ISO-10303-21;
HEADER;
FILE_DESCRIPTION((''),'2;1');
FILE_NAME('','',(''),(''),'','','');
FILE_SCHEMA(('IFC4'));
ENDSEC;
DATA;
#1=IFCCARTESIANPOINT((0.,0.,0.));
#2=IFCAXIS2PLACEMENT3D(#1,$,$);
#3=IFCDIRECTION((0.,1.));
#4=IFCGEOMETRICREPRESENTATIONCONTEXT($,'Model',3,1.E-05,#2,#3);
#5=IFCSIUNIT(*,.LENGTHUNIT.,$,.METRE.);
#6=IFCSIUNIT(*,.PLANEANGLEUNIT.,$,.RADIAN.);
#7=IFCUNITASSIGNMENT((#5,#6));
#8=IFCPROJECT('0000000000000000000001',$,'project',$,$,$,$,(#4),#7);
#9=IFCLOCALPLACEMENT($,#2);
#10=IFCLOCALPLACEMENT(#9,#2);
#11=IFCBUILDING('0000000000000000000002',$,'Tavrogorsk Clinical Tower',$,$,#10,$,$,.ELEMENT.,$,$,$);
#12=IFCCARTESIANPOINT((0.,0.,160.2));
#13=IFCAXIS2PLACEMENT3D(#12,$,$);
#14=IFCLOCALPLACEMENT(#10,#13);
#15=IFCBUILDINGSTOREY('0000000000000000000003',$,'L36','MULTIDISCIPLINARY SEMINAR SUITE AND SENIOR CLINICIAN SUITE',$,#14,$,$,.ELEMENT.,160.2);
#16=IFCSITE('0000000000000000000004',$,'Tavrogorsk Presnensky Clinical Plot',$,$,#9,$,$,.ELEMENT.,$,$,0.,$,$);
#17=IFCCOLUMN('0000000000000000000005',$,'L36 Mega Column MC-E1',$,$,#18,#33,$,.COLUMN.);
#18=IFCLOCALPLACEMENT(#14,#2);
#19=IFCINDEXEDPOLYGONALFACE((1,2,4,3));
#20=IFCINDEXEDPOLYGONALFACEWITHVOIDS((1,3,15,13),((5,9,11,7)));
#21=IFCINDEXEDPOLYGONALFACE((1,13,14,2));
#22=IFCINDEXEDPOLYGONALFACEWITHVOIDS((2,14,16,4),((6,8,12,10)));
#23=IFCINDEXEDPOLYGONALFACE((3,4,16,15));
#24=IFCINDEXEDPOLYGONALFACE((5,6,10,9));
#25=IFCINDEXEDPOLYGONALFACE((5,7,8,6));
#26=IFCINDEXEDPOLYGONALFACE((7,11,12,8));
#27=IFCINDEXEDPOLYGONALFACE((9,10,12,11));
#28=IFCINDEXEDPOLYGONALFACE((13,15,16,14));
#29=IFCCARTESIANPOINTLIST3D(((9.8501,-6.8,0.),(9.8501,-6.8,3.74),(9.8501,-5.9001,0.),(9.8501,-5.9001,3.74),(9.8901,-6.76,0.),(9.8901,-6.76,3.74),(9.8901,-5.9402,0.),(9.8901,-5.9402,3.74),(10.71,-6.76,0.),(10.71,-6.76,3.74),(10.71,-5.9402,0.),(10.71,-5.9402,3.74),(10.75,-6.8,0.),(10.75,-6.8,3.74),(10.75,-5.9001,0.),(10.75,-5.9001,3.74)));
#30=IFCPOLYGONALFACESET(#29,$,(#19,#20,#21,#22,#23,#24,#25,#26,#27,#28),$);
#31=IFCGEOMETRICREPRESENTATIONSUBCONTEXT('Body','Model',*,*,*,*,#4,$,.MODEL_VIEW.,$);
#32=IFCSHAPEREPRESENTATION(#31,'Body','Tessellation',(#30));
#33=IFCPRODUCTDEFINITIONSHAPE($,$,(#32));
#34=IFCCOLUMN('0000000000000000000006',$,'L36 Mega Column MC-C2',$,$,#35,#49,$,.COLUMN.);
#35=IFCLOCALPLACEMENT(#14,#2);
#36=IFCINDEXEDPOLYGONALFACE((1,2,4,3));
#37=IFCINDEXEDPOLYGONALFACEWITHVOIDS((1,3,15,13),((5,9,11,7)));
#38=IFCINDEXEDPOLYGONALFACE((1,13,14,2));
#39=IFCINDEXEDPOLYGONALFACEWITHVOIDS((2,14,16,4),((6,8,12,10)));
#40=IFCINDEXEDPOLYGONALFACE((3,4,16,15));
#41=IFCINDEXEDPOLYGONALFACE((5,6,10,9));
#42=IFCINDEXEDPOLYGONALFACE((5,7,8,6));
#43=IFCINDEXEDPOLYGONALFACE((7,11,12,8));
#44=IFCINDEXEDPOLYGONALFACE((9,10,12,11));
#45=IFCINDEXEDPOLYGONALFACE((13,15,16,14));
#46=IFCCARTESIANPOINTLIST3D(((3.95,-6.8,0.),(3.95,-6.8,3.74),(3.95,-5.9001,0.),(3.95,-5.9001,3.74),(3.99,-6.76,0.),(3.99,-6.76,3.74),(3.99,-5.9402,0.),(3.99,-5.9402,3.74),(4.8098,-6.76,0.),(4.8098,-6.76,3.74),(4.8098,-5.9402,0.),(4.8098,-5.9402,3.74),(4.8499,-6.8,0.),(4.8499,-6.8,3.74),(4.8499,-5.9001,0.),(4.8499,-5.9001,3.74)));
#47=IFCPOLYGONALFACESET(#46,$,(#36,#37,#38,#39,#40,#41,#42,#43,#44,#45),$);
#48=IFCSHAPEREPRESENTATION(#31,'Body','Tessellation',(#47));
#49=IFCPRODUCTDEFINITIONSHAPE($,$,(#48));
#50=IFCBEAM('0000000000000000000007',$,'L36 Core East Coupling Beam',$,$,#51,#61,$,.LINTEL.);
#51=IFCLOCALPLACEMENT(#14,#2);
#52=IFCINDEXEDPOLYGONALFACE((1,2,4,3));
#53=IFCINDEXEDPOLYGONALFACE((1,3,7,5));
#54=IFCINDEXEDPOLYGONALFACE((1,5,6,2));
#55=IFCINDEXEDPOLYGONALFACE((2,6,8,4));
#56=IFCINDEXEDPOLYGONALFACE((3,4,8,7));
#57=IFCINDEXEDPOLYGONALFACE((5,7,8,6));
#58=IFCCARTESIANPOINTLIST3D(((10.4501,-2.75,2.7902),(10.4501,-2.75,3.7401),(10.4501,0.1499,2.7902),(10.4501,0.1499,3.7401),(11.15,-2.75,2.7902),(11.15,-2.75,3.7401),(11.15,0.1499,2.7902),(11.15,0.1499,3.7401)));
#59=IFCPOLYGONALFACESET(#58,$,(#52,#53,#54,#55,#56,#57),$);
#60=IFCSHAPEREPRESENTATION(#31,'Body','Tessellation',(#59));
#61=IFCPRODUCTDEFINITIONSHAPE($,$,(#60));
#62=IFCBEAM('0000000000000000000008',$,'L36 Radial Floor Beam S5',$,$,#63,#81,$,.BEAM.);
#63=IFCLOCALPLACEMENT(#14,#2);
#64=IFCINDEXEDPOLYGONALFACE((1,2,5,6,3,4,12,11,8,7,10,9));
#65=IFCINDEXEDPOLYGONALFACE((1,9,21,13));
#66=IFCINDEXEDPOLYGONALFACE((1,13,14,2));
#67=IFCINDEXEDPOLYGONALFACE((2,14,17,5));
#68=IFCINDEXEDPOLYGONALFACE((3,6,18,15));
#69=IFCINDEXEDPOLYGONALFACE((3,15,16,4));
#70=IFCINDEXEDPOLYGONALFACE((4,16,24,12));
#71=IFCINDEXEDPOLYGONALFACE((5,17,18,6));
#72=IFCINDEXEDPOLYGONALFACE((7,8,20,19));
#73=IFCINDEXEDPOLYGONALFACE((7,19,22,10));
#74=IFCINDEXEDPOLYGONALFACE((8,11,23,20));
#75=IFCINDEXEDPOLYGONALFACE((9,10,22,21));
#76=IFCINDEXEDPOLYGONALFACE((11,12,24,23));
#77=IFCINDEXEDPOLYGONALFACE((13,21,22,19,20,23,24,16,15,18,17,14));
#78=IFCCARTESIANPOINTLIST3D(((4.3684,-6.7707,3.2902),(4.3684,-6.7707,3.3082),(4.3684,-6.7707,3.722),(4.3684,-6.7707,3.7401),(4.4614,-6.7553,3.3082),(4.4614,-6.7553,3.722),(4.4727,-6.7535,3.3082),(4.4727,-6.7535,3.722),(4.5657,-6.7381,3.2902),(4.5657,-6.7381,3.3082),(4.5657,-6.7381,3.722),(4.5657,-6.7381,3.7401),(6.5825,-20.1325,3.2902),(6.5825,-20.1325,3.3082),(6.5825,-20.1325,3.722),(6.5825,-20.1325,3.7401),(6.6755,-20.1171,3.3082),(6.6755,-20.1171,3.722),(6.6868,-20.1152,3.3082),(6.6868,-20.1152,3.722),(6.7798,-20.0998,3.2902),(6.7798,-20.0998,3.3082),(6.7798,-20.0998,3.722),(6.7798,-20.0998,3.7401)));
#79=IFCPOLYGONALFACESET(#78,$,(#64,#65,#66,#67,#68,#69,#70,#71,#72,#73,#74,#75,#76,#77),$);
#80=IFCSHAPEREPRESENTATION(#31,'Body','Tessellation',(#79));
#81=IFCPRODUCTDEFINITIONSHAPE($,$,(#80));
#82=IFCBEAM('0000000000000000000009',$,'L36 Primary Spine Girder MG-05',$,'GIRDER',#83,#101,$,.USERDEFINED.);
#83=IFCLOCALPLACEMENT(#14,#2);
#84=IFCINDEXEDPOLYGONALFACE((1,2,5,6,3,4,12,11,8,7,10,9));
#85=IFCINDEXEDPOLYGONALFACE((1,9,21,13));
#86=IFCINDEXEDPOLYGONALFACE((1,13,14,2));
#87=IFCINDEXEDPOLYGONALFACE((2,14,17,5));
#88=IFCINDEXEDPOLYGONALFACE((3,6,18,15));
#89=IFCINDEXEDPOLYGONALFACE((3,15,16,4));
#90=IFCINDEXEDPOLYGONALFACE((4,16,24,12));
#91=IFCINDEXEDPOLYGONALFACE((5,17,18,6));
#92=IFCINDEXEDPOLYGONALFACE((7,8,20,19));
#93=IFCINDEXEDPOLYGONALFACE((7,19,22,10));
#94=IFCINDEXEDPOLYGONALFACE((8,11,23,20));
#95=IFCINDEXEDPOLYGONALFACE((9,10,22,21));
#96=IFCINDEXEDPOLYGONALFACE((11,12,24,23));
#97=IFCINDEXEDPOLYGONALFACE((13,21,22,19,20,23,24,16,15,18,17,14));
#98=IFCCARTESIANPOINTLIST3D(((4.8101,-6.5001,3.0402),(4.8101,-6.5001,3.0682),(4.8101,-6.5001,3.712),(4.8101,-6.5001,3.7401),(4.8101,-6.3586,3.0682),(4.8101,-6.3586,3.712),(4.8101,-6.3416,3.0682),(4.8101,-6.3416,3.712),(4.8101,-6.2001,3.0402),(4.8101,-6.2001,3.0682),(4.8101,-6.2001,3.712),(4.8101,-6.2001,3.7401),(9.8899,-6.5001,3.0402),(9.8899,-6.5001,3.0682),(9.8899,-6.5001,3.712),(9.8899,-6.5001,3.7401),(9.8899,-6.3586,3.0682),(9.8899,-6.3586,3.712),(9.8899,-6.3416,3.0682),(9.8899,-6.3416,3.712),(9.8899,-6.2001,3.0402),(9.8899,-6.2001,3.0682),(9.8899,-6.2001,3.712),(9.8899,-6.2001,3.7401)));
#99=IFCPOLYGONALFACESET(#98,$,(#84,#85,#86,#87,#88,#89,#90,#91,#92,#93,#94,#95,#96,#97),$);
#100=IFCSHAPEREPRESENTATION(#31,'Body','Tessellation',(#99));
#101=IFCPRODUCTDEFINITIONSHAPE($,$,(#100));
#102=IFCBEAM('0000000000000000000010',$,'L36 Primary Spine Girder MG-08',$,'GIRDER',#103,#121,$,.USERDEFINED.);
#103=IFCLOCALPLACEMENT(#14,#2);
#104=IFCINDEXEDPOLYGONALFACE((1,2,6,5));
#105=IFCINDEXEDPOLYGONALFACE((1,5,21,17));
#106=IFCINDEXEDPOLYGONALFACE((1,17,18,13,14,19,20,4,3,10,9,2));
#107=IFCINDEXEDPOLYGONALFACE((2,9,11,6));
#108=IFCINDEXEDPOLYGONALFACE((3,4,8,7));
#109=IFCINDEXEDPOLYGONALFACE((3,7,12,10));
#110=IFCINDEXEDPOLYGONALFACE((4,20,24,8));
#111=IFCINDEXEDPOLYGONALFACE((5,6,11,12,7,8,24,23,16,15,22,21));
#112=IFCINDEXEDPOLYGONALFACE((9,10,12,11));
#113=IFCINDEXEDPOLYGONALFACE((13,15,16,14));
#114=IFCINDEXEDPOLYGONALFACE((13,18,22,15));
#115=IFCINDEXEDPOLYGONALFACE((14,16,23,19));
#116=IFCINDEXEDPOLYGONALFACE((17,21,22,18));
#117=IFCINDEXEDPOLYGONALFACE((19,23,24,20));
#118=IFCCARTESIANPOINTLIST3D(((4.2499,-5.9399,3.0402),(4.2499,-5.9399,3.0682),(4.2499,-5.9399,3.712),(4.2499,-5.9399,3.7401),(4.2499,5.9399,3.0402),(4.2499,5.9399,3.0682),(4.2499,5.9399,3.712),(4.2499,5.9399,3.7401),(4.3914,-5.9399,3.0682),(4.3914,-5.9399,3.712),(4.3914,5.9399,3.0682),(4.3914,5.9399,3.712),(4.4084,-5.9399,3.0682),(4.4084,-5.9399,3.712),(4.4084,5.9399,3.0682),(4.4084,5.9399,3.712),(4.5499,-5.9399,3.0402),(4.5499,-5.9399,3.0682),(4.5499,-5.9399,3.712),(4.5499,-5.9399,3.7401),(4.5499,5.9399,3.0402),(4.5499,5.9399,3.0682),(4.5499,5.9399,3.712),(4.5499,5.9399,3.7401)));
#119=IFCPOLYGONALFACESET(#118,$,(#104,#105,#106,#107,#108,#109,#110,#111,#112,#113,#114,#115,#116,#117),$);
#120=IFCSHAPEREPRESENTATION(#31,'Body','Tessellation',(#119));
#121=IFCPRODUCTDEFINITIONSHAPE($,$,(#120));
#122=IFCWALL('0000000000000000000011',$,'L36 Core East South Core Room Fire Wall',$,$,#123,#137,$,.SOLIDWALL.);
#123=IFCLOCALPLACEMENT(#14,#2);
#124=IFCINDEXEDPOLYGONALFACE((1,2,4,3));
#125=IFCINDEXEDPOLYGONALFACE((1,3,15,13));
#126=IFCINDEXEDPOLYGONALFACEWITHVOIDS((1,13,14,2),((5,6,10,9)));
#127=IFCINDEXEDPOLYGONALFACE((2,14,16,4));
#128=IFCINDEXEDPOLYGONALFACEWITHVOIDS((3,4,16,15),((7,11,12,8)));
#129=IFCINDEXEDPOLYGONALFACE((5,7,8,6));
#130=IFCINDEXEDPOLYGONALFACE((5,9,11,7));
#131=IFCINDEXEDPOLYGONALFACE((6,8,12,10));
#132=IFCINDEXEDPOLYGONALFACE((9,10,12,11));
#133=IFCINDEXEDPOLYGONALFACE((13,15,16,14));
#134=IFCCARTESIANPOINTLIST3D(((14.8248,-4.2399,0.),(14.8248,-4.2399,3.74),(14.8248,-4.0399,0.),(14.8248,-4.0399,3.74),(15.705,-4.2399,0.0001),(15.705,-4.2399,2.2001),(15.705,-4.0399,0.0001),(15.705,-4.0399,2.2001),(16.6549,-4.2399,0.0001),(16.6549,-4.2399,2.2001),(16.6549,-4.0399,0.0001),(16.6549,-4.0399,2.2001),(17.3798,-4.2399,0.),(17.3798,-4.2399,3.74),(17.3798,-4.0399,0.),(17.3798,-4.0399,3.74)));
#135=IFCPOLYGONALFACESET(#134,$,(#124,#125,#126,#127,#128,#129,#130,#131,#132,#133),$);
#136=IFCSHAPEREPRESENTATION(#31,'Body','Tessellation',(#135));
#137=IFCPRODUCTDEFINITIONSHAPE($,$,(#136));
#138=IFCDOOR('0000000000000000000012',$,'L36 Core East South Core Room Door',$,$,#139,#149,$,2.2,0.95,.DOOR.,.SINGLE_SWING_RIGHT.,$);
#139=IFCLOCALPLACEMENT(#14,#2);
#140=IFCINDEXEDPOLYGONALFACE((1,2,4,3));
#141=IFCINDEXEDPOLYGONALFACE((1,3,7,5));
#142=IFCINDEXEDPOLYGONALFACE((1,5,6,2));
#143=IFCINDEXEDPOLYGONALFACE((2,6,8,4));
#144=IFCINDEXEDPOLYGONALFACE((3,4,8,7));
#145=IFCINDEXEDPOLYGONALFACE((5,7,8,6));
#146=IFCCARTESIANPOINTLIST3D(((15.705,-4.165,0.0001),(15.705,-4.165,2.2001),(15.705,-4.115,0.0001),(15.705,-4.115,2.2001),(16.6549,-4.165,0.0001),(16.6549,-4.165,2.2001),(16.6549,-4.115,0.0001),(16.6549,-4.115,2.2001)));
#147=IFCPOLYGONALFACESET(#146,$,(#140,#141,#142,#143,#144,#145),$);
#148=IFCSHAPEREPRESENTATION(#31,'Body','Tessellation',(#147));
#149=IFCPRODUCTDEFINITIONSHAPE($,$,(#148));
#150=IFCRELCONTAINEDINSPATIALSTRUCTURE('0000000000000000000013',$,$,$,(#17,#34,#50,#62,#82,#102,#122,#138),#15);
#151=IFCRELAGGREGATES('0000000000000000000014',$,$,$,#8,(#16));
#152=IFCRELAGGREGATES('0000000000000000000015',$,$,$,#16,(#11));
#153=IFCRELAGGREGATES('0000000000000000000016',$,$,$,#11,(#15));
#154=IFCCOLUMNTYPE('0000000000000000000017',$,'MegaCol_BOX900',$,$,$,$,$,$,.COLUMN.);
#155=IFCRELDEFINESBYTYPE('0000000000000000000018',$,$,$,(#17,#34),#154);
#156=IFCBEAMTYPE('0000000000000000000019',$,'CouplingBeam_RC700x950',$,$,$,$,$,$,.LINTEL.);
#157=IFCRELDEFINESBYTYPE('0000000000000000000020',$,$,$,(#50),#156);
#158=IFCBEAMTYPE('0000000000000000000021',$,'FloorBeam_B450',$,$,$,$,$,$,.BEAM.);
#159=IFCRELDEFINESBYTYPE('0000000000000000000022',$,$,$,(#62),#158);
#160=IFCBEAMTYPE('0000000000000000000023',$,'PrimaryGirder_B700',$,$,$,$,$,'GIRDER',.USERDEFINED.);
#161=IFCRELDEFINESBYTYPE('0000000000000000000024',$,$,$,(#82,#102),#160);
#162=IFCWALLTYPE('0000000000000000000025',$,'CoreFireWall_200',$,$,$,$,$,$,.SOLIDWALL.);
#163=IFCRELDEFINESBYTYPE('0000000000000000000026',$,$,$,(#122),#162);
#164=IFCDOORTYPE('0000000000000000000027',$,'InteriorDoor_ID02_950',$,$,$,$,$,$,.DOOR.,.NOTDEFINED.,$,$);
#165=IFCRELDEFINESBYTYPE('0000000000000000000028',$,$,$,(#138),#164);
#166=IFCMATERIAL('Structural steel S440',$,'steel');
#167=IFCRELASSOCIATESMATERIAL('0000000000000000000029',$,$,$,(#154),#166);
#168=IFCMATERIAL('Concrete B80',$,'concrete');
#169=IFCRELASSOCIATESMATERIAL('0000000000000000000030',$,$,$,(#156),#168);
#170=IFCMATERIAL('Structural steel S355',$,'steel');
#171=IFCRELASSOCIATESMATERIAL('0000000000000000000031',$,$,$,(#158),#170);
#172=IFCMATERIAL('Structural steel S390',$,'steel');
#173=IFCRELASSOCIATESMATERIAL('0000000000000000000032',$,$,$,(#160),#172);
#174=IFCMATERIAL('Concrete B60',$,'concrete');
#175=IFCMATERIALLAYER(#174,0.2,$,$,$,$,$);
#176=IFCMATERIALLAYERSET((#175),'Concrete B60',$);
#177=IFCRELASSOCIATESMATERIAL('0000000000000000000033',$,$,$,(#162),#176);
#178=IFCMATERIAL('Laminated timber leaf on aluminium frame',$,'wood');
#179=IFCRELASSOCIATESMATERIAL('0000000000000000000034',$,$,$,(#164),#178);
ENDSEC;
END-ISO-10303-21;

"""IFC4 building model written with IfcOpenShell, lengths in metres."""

from ifc_helpers import new_model, si_unit, direction, frame, frame_2d, origin, origin_2d, place, context, subcontext, project, spatial, rectangle, hollow_rectangle, i_section, extrude, material, layer, layer_set, material_profile, profile_set, type_object, element, fill, save


model = new_model("IFC4")

# Units and contexts
model_context = context("Model", 3, precision=1e-05, world=origin(), true_north=direction((0.0, 1.0)))
body_context = subcontext(model_context, "Body", "Model", "MODEL_VIEW")
ifc_project = project(units=[si_unit("LENGTHUNIT", "METRE"), si_unit("PLANEANGLEUNIT", "RADIAN")], contexts=[model_context])

# Site, building, storey
site_placement = place(None, origin())
site = spatial("IfcSite", under=ifc_project, at=site_placement, Name="Tavrogorsk Presnensky Clinical Plot", CompositionType="ELEMENT", RefElevation=0.0)
building_placement = place(site_placement, origin())
building = spatial("IfcBuilding", under=site, at=building_placement, Name="Tavrogorsk Clinical Tower", CompositionType="ELEMENT")
storey_placement = place(building_placement, frame((0.0, 0.0, 160.2)))
storey = spatial("IfcBuildingStorey", under=building, at=storey_placement, Name="L36", Description="MULTIDISCIPLINARY SEMINAR SUITE AND SENIOR CLINICIAN SUITE", CompositionType="ELEMENT", Elevation=160.2)

# Columns
ifc_material_1 = material(Name="Structural steel S440", Category="steel")
ifc_material_profile_1 = material_profile(ifc_material_1, hollow_rectangle(XDim=0.8999, YDim=0.8999, WallThickness=0.04, at=origin_2d()), Name="BOX-900x900x40")
ifc_profile_set_1 = profile_set([ifc_material_profile_1], Name="Structural steel S440")
column_type = type_object("IfcColumnType", Name="MegaCol_BOX900", PredefinedType="COLUMN", material=ifc_profile_set_1)
for number, where, z_axis, x_axis, name in (
    (1, (10.3, -6.3501, 0.0), (0.0, 0.0, 1.0), (1.0, 0.0, 0.0), "L36 Mega Column MC-E1"),
    (2, (4.3999, -6.3501, 0.0), (0.0, 0.0, 1.0), (1.0, 0.0, 0.0), "L36 Mega Column MC-C2"),
):
    element("IfcColumn", number, at=place(storey_placement, frame(where, z_axis=z_axis, x_axis=x_axis)), inside=storey, type_object=column_type, Name=name, PredefinedType="COLUMN", context=body_context, shape_type="SweptSolid", body=[
        extrude(hollow_rectangle(XDim=0.8999, YDim=0.8999, WallThickness=0.04, at=origin_2d()), origin(), (0.0, 0.0, 1.0), 3.74),
    ])

# Beams
ifc_material_2 = material(Name="Concrete B80", Category="concrete")
ifc_material_profile_2 = material_profile(ifc_material_2, rectangle(XDim=0.7, YDim=0.95, at=origin_2d()), Name="RC-CB-700x950")
ifc_profile_set_2 = profile_set([ifc_material_profile_2], Name="Concrete B80")
beam_type_1 = type_object("IfcBeamType", Name="CouplingBeam_RC700x950", PredefinedType="LINTEL", material=ifc_profile_set_2)
beam_1_placement = place(storey_placement, frame((10.8, -2.75, 3.2651), z_axis=(0.0, 1.0, 0.0), x_axis=(-1.0, 0.0, 0.0)))
element("IfcBeam", 3, at=beam_1_placement, inside=storey, type_object=beam_type_1, Name="L36 Core East Coupling Beam", PredefinedType="LINTEL", context=body_context, shape_type="SweptSolid", body=[
    extrude(rectangle(XDim=0.7, YDim=0.95, at=origin_2d()), origin(), (0.0, 0.0, 1.0), 2.8999),
])
ifc_material_3 = material(Name="Structural steel S355", Category="steel")
ifc_material_profile_3 = material_profile(ifc_material_3, i_section(OverallWidth=0.2, OverallDepth=0.45, WebThickness=0.0115, FlangeThickness=0.0181, at=origin_2d()), Name="B-450x200x11.5x18")
ifc_profile_set_3 = profile_set([ifc_material_profile_3], Name="Structural steel S355")
beam_type_2 = type_object("IfcBeamType", Name="FloorBeam_B450", PredefinedType="BEAM", material=ifc_profile_set_3)
beam_2_placement = place(storey_placement, frame((4.467, -6.7544, 3.5151), z_axis=(0.163475, -0.986547, 0.0), x_axis=(0.986547, 0.163475, 0.0)))
element("IfcBeam", 4, at=beam_2_placement, inside=storey, type_object=beam_type_2, Name="L36 Radial Floor Beam S5", PredefinedType="BEAM", context=body_context, shape_type="SweptSolid", body=[
    extrude(i_section(OverallWidth=0.2, OverallDepth=0.45, WebThickness=0.0115, FlangeThickness=0.0181, at=origin_2d()), origin(), (0.0, 0.0, 1.0), 13.5439),
])
ifc_material_4 = material(Name="Structural steel S390", Category="steel")
ifc_material_profile_4 = material_profile(ifc_material_4, i_section(OverallWidth=0.3, OverallDepth=0.7, WebThickness=0.0171, FlangeThickness=0.0281, at=origin_2d()), Name="B-700x300x17x28")
ifc_profile_set_4 = profile_set([ifc_material_profile_4], Name="Structural steel S390")
beam_type_3 = type_object("IfcBeamType", Name="PrimaryGirder_B700", ElementType="GIRDER", PredefinedType="USERDEFINED", material=ifc_profile_set_4)
beam_3_placement = place(storey_placement, frame((4.8101, -6.3501, 3.3901), z_axis=(1.0, 0.0, 0.0), x_axis=(0.0, 1.0, 0.0)))
element("IfcBeam", 5, at=beam_3_placement, inside=storey, type_object=beam_type_3, Name="L36 Primary Spine Girder MG-05", ObjectType="GIRDER", PredefinedType="USERDEFINED", context=body_context, shape_type="SweptSolid", body=[
    extrude(i_section(OverallWidth=0.3, OverallDepth=0.7, WebThickness=0.0171, FlangeThickness=0.0281, at=origin_2d()), origin(), (0.0, 0.0, 1.0), 5.0798),
])
beam_4_placement = place(storey_placement, frame((4.3999, -5.9399, 3.3901), z_axis=(0.0, 1.0, 0.0), x_axis=(-1.0, 0.0, 0.0)))
element("IfcBeam", 6, at=beam_4_placement, inside=storey, type_object=beam_type_3, Name="L36 Primary Spine Girder MG-08", ObjectType="GIRDER", PredefinedType="USERDEFINED", context=body_context, shape_type="SweptSolid", body=[
    extrude(i_section(OverallWidth=0.3, OverallDepth=0.7, WebThickness=0.0171, FlangeThickness=0.0281, at=origin_2d()), origin(), (0.0, 0.0, 1.0), 11.8799),
])

# Wall, opening, door
ifc_material_5 = material(Name="Concrete B60", Category="concrete")
ifc_layer_1 = layer(ifc_material_5, 0.2)
ifc_layer_set_1 = layer_set([ifc_layer_1], Name="Concrete B60")
wall_type_1 = type_object("IfcWallType", Name="CoreFireWall_200", PredefinedType="SOLIDWALL", material=ifc_layer_set_1)
wall_1_placement = place(storey_placement, frame((14.825, -4.1399, 0.0), z_axis=(0.0, 0.0, 1.0), x_axis=(1.0, 0.0, 0.0)))
wall_1 = element("IfcWall", 7, at=wall_1_placement, inside=storey, type_object=wall_type_1, Name="L36 Core East South Core Room Fire Wall", PredefinedType="SOLIDWALL", context=body_context, shape_type="SweptSolid", body=[
    extrude(rectangle(XDim=2.5549, YDim=0.2, at=frame_2d((1.2773, 0.0))), origin(), (0.0, 0.0, 1.0), 3.74),
])
opening_1_placement = place(wall_1_placement, frame((0.8799, 0.0, 0.0)))
opening_1 = element("IfcOpeningElement", 8, at=opening_1_placement, cuts=wall_1, PredefinedType="OPENING", context=body_context, shape_type="SweptSolid", body=[
    extrude(rectangle(XDim=0.95, YDim=2.2, at=frame_2d((0.4751, 1.1001))), frame((0.0, 0.1099, 0.0), z_axis=(0.0, -1.0, 0.0), x_axis=(1.0, 0.0, 0.0)), (0.0, 0.0, 1.0), 0.22),
])
ifc_material_6 = material(Name="Laminated timber leaf on aluminium frame", Category="wood")
door_type_1 = type_object("IfcDoorType", Name="InteriorDoor_ID02_950", OperationType="NOTDEFINED", PredefinedType="DOOR", material=ifc_material_6)
door_1_placement = place(opening_1_placement, origin())
door_1 = element("IfcDoor", 9, at=door_1_placement, inside=storey, type_object=door_type_1, Name="L36 Core East South Core Room Door", OperationType="SINGLE_SWING_RIGHT", OverallHeight=2.2, OverallWidth=0.95, PredefinedType="DOOR", context=body_context, shape_type="SweptSolid", body=[
    extrude(rectangle(XDim=0.95, YDim=2.2, at=frame_2d((0.4751, 1.1001))), frame((0.0, 0.0249, 0.0), z_axis=(0.0, -1.0, 0.0), x_axis=(1.0, 0.0, 0.0)), (0.0, 0.0, 1.0), 0.05),
])
fill(opening_1, door_1)

save(model, "model.ifc")
